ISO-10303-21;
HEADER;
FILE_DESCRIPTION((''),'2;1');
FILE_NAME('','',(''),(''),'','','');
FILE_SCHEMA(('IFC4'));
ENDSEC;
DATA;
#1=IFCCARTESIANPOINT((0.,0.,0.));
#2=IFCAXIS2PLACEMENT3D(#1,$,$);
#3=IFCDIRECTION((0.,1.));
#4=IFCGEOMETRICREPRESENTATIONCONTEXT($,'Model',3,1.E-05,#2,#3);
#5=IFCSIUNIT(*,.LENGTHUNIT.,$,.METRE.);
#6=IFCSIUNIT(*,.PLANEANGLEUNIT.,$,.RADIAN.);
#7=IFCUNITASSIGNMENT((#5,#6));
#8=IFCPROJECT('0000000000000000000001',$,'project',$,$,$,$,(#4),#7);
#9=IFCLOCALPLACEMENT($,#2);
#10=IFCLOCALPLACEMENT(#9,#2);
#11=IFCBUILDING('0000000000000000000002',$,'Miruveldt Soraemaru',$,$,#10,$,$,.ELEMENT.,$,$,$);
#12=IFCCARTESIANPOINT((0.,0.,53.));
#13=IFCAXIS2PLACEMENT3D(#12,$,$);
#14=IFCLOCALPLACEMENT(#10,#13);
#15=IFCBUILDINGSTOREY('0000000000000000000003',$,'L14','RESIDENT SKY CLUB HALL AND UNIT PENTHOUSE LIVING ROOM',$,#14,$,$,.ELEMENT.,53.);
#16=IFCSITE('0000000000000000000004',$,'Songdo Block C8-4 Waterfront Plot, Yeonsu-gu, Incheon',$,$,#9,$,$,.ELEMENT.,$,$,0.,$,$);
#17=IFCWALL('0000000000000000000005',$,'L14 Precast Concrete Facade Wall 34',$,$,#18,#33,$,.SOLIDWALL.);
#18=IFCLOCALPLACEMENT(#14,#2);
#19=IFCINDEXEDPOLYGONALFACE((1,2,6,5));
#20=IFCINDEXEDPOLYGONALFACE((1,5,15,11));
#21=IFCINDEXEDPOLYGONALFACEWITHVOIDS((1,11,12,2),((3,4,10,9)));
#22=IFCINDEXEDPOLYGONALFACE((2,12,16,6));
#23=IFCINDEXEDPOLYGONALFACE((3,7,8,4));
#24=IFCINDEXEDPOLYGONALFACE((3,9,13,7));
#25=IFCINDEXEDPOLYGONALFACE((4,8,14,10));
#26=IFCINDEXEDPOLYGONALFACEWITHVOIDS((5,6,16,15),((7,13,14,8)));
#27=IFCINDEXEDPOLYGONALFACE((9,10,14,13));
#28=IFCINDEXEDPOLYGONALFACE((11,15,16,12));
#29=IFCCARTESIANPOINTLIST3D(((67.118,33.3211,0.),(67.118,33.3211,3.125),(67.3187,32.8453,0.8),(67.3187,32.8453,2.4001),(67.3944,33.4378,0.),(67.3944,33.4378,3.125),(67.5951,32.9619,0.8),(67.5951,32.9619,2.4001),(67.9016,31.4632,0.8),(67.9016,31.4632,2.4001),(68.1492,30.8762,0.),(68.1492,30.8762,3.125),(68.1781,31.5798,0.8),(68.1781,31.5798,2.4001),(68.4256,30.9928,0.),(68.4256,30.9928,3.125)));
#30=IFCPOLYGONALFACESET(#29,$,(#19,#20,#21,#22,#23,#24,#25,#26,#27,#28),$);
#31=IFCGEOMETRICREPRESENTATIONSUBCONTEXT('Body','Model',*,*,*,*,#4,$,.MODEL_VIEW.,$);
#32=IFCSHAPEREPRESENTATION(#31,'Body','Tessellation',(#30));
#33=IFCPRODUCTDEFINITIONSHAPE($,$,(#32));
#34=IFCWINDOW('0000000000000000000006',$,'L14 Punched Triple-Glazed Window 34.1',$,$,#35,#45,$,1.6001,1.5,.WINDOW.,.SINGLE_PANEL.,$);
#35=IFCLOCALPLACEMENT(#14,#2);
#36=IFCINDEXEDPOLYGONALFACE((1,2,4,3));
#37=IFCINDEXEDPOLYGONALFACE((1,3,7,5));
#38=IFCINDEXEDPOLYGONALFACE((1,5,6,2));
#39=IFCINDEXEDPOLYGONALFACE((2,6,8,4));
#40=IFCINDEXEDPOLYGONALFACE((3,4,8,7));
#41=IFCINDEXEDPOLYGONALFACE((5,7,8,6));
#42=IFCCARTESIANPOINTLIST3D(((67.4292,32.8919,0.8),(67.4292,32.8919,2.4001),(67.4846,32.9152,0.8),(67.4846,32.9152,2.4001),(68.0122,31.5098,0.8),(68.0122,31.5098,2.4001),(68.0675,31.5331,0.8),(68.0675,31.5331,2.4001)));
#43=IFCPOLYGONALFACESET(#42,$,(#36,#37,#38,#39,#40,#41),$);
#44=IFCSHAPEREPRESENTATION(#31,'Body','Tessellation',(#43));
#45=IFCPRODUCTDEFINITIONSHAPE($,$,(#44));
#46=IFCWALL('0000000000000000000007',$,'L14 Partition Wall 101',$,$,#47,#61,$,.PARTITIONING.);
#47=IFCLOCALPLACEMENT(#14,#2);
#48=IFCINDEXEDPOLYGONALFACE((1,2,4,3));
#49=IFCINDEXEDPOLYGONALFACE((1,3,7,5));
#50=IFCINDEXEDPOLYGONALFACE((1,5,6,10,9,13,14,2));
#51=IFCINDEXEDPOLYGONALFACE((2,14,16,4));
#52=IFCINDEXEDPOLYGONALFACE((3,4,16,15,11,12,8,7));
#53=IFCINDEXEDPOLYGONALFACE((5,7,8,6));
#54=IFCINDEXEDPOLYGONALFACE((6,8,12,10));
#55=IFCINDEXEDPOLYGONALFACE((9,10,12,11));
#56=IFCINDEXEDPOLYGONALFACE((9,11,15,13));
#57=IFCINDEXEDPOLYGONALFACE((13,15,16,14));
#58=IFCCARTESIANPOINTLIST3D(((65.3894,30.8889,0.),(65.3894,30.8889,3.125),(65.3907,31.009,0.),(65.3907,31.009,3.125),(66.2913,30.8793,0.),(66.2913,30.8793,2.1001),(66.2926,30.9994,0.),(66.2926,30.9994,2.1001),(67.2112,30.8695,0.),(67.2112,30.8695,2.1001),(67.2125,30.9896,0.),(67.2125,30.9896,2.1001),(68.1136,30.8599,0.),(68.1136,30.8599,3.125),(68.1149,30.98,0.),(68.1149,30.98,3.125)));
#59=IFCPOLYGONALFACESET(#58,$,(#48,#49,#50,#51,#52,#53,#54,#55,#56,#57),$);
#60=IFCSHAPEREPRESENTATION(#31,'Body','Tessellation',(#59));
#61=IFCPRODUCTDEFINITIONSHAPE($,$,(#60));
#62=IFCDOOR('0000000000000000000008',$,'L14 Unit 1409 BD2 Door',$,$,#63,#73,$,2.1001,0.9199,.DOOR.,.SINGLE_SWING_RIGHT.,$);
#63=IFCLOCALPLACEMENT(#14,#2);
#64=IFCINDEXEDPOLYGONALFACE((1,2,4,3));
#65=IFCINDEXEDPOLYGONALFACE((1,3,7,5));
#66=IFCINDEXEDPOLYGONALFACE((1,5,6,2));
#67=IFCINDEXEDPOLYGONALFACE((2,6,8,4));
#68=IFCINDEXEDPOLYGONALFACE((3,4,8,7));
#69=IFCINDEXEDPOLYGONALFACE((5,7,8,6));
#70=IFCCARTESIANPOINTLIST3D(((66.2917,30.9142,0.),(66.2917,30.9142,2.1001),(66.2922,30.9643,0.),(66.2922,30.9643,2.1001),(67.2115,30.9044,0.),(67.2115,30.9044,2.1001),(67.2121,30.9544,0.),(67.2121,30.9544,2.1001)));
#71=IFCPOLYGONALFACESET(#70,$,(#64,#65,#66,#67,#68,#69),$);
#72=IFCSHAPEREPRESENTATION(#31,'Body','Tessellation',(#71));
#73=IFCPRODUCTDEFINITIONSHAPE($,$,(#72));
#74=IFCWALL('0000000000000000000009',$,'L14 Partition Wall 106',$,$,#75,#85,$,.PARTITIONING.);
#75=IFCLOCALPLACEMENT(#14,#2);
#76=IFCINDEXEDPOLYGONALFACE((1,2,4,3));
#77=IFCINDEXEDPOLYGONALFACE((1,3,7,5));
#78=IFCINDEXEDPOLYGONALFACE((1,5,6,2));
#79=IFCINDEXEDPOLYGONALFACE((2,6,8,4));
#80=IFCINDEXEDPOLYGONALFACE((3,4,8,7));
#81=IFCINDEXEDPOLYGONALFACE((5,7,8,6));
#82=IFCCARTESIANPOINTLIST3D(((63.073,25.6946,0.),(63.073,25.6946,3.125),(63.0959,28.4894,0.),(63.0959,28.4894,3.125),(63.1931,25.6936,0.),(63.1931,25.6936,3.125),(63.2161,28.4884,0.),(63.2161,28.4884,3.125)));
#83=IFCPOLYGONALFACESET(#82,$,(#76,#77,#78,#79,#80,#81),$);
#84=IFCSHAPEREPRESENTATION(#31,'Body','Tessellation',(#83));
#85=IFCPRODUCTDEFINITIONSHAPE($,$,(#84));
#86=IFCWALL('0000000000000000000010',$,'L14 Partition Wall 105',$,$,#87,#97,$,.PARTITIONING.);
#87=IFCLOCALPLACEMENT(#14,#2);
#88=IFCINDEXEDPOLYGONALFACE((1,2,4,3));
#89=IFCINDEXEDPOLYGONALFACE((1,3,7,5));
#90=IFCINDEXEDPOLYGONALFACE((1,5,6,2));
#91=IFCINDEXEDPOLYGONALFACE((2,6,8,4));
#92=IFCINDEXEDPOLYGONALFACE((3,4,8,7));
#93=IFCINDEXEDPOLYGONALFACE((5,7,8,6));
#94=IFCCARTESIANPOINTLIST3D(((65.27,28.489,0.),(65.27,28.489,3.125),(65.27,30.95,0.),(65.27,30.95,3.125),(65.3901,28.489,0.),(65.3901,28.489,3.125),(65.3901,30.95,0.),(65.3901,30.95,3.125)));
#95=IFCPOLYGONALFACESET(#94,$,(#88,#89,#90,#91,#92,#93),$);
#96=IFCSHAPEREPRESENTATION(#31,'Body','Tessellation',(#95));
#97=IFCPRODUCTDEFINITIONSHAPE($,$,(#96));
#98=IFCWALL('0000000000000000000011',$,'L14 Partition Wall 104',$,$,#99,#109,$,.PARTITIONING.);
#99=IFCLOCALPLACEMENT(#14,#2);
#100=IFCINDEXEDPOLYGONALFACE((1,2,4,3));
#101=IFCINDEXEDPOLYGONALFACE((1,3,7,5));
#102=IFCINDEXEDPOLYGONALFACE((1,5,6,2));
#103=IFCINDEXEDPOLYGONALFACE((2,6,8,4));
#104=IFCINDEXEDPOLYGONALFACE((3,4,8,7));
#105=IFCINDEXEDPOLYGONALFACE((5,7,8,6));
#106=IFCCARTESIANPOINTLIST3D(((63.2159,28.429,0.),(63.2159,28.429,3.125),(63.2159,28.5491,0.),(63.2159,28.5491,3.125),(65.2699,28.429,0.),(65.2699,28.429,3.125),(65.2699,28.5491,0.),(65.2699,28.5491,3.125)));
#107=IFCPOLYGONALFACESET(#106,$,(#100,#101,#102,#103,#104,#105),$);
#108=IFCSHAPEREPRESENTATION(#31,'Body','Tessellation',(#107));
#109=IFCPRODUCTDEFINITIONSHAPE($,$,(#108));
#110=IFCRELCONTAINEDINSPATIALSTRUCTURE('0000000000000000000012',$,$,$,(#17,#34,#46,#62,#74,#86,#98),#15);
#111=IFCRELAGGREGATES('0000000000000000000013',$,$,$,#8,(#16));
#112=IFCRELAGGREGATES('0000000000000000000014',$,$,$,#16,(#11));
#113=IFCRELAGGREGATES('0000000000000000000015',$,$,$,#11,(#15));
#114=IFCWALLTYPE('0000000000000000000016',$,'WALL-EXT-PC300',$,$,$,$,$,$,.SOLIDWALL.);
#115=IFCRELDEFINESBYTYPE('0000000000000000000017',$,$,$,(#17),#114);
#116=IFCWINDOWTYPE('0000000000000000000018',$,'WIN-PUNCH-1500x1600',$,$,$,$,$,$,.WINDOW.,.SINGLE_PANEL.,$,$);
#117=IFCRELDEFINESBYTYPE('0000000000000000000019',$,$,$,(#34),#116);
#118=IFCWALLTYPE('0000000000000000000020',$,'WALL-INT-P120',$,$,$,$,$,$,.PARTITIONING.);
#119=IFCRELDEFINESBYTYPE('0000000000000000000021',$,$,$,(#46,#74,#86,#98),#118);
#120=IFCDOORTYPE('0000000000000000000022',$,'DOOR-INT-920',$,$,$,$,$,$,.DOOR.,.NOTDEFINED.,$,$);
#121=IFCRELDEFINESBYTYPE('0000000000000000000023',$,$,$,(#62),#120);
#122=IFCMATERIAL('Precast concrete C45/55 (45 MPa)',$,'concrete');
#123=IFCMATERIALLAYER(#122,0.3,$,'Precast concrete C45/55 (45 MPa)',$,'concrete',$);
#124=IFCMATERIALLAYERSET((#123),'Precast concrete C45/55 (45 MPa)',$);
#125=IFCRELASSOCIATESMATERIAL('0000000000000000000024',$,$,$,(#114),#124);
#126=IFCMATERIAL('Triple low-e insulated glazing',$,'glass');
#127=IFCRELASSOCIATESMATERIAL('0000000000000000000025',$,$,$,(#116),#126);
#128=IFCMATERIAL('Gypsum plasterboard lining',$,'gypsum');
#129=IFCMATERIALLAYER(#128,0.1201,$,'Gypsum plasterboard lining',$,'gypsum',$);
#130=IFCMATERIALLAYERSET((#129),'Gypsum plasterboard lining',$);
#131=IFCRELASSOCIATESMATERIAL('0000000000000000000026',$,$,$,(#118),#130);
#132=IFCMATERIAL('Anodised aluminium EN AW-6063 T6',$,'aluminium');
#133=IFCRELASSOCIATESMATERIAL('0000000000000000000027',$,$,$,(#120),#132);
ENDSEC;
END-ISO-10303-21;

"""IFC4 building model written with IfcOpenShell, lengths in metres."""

from ifc_helpers import new_model, si_unit, direction, frame, frame_2d, origin, place, context, subcontext, project, spatial, rectangle, extrude, material, layer, layer_set, type_object, element, fill, save


model = new_model("IFC4")

# Units and contexts
model_context = context("Model", 3, precision=1e-05, world=origin(), true_north=direction((0.0, 1.0)))
body_context = subcontext(model_context, "Body", "Model", "MODEL_VIEW")
ifc_project = project(units=[si_unit("LENGTHUNIT", "METRE"), si_unit("PLANEANGLEUNIT", "RADIAN")], contexts=[model_context])

# Site, building, storey
site_placement = place(None, origin())
site = spatial("IfcSite", under=ifc_project, at=site_placement, Name="Songdo Block C8-4 Waterfront Plot, Yeonsu-gu, Incheon", CompositionType="ELEMENT", RefElevation=0.0)
building_placement = place(site_placement, origin())
building = spatial("IfcBuilding", under=site, at=building_placement, Name="Miruveldt Soraemaru", CompositionType="ELEMENT")
storey_placement = place(building_placement, frame((0.0, 0.0, 53.0)))
storey = spatial("IfcBuildingStorey", under=building, at=storey_placement, Name="L14", Description="RESIDENT SKY CLUB HALL AND UNIT PENTHOUSE LIVING ROOM", CompositionType="ELEMENT", Elevation=53.0)

# Shared definitions
ifc_material_1 = material(Name="Anodised aluminium EN AW-6063 T6", Category="aluminium")

# Wall, opening, window
ifc_material_2 = material(Name="Precast concrete C45/55 (45 MPa)", Category="concrete")
ifc_layer_1 = layer(ifc_material_2, 0.3, Name="Precast concrete C45/55 (45 MPa)", Category="concrete")
ifc_layer_set_1 = layer_set([ifc_layer_1], Name="Precast concrete C45/55 (45 MPa)")
wall_type_1 = type_object("IfcWallType", Name="WALL-EXT-PC300", PredefinedType="SOLIDWALL", material=ifc_layer_set_1)
ifc_material_3 = material(Name="Triple low-e insulated glazing", Category="glass")
wall_1_placement = place(storey_placement, frame((68.2874, 30.9346, 0.0), z_axis=(0.0, 0.0, 1.0), x_axis=(-0.388616, 0.9214, 0.0)))
wall_1 = element("IfcWall", 1, at=wall_1_placement, inside=storey, type_object=wall_type_1, Name="L14 Precast Concrete Facade Wall 34", PredefinedType="SOLIDWALL", context=body_context, shape_type="SweptSolid", body=[
    extrude(rectangle(XDim=2.6536, YDim=0.3, at=frame_2d((1.3267, 0.0))), origin(), (0.0, 0.0, 1.0), 3.125),
])
opening_1_placement = place(wall_1_placement, frame((0.637, 0.0, 0.8)))
opening_1 = element("IfcOpeningElement", 2, at=opening_1_placement, cuts=wall_1, PredefinedType="OPENING", context=body_context, shape_type="SweptSolid", body=[
    extrude(rectangle(XDim=1.5, YDim=1.6001, at=frame_2d((0.75, 0.8))), frame((0.0, 0.1602, 0.0), z_axis=(0.0, -1.0, 0.0), x_axis=(1.0, 0.0, 0.0)), (0.0, 0.0, 1.0), 0.3201),
])
window_type_1 = type_object("IfcWindowType", Name="WIN-PUNCH-1500x1600", PartitioningType="SINGLE_PANEL", PredefinedType="WINDOW", material=ifc_material_3)
window_1_placement = place(opening_1_placement, origin())
window_1 = element("IfcWindow", 3, at=window_1_placement, inside=storey, type_object=window_type_1, Name="L14 Punched Triple-Glazed Window 34.1", OverallHeight=1.6001, OverallWidth=1.5, PartitioningType="SINGLE_PANEL", PredefinedType="WINDOW", context=body_context, shape_type="SweptSolid", body=[
    extrude(rectangle(XDim=1.5, YDim=1.6001, at=frame_2d((0.75, 0.8))), frame((0.0, 0.03, 0.0), z_axis=(0.0, -1.0, 0.0), x_axis=(1.0, 0.0, 0.0)), (0.0, 0.0, 1.0), 0.0601),
])
fill(opening_1, window_1)

# Wall, opening, door
ifc_material_4 = material(Name="Gypsum plasterboard lining", Category="gypsum")
ifc_layer_2 = layer(ifc_material_4, 0.1201, Name="Gypsum plasterboard lining", Category="gypsum")
ifc_layer_set_2 = layer_set([ifc_layer_2], Name="Gypsum plasterboard lining")
wall_type_2 = type_object("IfcWallType", Name="WALL-INT-P120", PredefinedType="PARTITIONING", material=ifc_layer_set_2)
wall_2_placement = place(storey_placement, frame((65.3899, 30.949, 0.0), z_axis=(0.0, 0.0, 1.0), x_axis=(0.999943, -0.010664, 0.0)))
wall_2 = element("IfcWall", 4, at=wall_2_placement, inside=storey, type_object=wall_type_2, Name="L14 Partition Wall 101", PredefinedType="PARTITIONING", context=body_context, shape_type="SweptSolid", body=[
    extrude(rectangle(XDim=2.7244, YDim=0.1201, at=frame_2d((1.3623, 0.0))), origin(), (0.0, 0.0, 1.0), 3.125),
])
opening_2_placement = place(wall_2_placement, frame((0.9021, 0.0, 0.0)))
opening_2 = element("IfcOpeningElement", 5, at=opening_2_placement, cuts=wall_2, PredefinedType="OPENING", context=body_context, shape_type="SweptSolid", body=[
    extrude(rectangle(XDim=0.9199, YDim=2.1001, at=frame_2d((0.46, 1.05))), frame((0.0, 0.0701, 0.0), z_axis=(0.0, -1.0, 0.0), x_axis=(1.0, 0.0, 0.0)), (0.0, 0.0, 1.0), 0.1401),
])
door_type = type_object("IfcDoorType", Name="DOOR-INT-920", OperationType="NOTDEFINED", PredefinedType="DOOR", material=ifc_material_1)
door_placement = place(opening_2_placement, origin())
door = element("IfcDoor", 6, at=door_placement, inside=storey, type_object=door_type, Name="L14 Unit 1409 BD2 Door", OperationType="SINGLE_SWING_RIGHT", OverallHeight=2.1001, OverallWidth=0.9199, PredefinedType="DOOR", context=body_context, shape_type="SweptSolid", body=[
    extrude(rectangle(XDim=0.9199, YDim=2.1001, at=frame_2d((0.46, 1.05))), frame((0.0, 0.0249, 0.0), z_axis=(0.0, -1.0, 0.0), x_axis=(1.0, 0.0, 0.0)), (0.0, 0.0, 1.0), 0.05),
])
fill(opening_2, door)

# Walls
wall_3_placement = place(storey_placement, frame((63.1331, 25.6941, 0.0), z_axis=(0.0, 0.0, 1.0), x_axis=(0.008211, 0.999966, 0.0)))
element("IfcWall", 7, at=wall_3_placement, inside=storey, type_object=wall_type_2, Name="L14 Partition Wall 106", PredefinedType="PARTITIONING", context=body_context, shape_type="SweptSolid", body=[
    extrude(rectangle(XDim=2.7949, YDim=0.1201, at=frame_2d((1.3975, 0.0))), origin(), (0.0, 0.0, 1.0), 3.125),
])
wall_4_placement = place(storey_placement, frame((65.3301, 28.489, 0.0), z_axis=(0.0, 0.0, 1.0), x_axis=(0.0, 1.0, 0.0)))
element("IfcWall", 8, at=wall_4_placement, inside=storey, type_object=wall_type_2, Name="L14 Partition Wall 105", PredefinedType="PARTITIONING", context=body_context, shape_type="SweptSolid", body=[
    extrude(rectangle(XDim=2.4609, YDim=0.1201, at=frame_2d((1.2305, 0.0))), origin(), (0.0, 0.0, 1.0), 3.125),
])
wall_5_placement = place(storey_placement, frame((63.2161, 28.489, 0.0), z_axis=(0.0, 0.0, 1.0), x_axis=(1.0, 0.0, 0.0)))
element("IfcWall", 9, at=wall_5_placement, inside=storey, type_object=wall_type_2, Name="L14 Partition Wall 104", PredefinedType="PARTITIONING", context=body_context, shape_type="SweptSolid", body=[
    extrude(rectangle(XDim=2.054, YDim=0.1201, at=frame_2d((1.0269, 0.0))), origin(), (0.0, 0.0, 1.0), 3.125),
])

save(model, "model.ifc")
